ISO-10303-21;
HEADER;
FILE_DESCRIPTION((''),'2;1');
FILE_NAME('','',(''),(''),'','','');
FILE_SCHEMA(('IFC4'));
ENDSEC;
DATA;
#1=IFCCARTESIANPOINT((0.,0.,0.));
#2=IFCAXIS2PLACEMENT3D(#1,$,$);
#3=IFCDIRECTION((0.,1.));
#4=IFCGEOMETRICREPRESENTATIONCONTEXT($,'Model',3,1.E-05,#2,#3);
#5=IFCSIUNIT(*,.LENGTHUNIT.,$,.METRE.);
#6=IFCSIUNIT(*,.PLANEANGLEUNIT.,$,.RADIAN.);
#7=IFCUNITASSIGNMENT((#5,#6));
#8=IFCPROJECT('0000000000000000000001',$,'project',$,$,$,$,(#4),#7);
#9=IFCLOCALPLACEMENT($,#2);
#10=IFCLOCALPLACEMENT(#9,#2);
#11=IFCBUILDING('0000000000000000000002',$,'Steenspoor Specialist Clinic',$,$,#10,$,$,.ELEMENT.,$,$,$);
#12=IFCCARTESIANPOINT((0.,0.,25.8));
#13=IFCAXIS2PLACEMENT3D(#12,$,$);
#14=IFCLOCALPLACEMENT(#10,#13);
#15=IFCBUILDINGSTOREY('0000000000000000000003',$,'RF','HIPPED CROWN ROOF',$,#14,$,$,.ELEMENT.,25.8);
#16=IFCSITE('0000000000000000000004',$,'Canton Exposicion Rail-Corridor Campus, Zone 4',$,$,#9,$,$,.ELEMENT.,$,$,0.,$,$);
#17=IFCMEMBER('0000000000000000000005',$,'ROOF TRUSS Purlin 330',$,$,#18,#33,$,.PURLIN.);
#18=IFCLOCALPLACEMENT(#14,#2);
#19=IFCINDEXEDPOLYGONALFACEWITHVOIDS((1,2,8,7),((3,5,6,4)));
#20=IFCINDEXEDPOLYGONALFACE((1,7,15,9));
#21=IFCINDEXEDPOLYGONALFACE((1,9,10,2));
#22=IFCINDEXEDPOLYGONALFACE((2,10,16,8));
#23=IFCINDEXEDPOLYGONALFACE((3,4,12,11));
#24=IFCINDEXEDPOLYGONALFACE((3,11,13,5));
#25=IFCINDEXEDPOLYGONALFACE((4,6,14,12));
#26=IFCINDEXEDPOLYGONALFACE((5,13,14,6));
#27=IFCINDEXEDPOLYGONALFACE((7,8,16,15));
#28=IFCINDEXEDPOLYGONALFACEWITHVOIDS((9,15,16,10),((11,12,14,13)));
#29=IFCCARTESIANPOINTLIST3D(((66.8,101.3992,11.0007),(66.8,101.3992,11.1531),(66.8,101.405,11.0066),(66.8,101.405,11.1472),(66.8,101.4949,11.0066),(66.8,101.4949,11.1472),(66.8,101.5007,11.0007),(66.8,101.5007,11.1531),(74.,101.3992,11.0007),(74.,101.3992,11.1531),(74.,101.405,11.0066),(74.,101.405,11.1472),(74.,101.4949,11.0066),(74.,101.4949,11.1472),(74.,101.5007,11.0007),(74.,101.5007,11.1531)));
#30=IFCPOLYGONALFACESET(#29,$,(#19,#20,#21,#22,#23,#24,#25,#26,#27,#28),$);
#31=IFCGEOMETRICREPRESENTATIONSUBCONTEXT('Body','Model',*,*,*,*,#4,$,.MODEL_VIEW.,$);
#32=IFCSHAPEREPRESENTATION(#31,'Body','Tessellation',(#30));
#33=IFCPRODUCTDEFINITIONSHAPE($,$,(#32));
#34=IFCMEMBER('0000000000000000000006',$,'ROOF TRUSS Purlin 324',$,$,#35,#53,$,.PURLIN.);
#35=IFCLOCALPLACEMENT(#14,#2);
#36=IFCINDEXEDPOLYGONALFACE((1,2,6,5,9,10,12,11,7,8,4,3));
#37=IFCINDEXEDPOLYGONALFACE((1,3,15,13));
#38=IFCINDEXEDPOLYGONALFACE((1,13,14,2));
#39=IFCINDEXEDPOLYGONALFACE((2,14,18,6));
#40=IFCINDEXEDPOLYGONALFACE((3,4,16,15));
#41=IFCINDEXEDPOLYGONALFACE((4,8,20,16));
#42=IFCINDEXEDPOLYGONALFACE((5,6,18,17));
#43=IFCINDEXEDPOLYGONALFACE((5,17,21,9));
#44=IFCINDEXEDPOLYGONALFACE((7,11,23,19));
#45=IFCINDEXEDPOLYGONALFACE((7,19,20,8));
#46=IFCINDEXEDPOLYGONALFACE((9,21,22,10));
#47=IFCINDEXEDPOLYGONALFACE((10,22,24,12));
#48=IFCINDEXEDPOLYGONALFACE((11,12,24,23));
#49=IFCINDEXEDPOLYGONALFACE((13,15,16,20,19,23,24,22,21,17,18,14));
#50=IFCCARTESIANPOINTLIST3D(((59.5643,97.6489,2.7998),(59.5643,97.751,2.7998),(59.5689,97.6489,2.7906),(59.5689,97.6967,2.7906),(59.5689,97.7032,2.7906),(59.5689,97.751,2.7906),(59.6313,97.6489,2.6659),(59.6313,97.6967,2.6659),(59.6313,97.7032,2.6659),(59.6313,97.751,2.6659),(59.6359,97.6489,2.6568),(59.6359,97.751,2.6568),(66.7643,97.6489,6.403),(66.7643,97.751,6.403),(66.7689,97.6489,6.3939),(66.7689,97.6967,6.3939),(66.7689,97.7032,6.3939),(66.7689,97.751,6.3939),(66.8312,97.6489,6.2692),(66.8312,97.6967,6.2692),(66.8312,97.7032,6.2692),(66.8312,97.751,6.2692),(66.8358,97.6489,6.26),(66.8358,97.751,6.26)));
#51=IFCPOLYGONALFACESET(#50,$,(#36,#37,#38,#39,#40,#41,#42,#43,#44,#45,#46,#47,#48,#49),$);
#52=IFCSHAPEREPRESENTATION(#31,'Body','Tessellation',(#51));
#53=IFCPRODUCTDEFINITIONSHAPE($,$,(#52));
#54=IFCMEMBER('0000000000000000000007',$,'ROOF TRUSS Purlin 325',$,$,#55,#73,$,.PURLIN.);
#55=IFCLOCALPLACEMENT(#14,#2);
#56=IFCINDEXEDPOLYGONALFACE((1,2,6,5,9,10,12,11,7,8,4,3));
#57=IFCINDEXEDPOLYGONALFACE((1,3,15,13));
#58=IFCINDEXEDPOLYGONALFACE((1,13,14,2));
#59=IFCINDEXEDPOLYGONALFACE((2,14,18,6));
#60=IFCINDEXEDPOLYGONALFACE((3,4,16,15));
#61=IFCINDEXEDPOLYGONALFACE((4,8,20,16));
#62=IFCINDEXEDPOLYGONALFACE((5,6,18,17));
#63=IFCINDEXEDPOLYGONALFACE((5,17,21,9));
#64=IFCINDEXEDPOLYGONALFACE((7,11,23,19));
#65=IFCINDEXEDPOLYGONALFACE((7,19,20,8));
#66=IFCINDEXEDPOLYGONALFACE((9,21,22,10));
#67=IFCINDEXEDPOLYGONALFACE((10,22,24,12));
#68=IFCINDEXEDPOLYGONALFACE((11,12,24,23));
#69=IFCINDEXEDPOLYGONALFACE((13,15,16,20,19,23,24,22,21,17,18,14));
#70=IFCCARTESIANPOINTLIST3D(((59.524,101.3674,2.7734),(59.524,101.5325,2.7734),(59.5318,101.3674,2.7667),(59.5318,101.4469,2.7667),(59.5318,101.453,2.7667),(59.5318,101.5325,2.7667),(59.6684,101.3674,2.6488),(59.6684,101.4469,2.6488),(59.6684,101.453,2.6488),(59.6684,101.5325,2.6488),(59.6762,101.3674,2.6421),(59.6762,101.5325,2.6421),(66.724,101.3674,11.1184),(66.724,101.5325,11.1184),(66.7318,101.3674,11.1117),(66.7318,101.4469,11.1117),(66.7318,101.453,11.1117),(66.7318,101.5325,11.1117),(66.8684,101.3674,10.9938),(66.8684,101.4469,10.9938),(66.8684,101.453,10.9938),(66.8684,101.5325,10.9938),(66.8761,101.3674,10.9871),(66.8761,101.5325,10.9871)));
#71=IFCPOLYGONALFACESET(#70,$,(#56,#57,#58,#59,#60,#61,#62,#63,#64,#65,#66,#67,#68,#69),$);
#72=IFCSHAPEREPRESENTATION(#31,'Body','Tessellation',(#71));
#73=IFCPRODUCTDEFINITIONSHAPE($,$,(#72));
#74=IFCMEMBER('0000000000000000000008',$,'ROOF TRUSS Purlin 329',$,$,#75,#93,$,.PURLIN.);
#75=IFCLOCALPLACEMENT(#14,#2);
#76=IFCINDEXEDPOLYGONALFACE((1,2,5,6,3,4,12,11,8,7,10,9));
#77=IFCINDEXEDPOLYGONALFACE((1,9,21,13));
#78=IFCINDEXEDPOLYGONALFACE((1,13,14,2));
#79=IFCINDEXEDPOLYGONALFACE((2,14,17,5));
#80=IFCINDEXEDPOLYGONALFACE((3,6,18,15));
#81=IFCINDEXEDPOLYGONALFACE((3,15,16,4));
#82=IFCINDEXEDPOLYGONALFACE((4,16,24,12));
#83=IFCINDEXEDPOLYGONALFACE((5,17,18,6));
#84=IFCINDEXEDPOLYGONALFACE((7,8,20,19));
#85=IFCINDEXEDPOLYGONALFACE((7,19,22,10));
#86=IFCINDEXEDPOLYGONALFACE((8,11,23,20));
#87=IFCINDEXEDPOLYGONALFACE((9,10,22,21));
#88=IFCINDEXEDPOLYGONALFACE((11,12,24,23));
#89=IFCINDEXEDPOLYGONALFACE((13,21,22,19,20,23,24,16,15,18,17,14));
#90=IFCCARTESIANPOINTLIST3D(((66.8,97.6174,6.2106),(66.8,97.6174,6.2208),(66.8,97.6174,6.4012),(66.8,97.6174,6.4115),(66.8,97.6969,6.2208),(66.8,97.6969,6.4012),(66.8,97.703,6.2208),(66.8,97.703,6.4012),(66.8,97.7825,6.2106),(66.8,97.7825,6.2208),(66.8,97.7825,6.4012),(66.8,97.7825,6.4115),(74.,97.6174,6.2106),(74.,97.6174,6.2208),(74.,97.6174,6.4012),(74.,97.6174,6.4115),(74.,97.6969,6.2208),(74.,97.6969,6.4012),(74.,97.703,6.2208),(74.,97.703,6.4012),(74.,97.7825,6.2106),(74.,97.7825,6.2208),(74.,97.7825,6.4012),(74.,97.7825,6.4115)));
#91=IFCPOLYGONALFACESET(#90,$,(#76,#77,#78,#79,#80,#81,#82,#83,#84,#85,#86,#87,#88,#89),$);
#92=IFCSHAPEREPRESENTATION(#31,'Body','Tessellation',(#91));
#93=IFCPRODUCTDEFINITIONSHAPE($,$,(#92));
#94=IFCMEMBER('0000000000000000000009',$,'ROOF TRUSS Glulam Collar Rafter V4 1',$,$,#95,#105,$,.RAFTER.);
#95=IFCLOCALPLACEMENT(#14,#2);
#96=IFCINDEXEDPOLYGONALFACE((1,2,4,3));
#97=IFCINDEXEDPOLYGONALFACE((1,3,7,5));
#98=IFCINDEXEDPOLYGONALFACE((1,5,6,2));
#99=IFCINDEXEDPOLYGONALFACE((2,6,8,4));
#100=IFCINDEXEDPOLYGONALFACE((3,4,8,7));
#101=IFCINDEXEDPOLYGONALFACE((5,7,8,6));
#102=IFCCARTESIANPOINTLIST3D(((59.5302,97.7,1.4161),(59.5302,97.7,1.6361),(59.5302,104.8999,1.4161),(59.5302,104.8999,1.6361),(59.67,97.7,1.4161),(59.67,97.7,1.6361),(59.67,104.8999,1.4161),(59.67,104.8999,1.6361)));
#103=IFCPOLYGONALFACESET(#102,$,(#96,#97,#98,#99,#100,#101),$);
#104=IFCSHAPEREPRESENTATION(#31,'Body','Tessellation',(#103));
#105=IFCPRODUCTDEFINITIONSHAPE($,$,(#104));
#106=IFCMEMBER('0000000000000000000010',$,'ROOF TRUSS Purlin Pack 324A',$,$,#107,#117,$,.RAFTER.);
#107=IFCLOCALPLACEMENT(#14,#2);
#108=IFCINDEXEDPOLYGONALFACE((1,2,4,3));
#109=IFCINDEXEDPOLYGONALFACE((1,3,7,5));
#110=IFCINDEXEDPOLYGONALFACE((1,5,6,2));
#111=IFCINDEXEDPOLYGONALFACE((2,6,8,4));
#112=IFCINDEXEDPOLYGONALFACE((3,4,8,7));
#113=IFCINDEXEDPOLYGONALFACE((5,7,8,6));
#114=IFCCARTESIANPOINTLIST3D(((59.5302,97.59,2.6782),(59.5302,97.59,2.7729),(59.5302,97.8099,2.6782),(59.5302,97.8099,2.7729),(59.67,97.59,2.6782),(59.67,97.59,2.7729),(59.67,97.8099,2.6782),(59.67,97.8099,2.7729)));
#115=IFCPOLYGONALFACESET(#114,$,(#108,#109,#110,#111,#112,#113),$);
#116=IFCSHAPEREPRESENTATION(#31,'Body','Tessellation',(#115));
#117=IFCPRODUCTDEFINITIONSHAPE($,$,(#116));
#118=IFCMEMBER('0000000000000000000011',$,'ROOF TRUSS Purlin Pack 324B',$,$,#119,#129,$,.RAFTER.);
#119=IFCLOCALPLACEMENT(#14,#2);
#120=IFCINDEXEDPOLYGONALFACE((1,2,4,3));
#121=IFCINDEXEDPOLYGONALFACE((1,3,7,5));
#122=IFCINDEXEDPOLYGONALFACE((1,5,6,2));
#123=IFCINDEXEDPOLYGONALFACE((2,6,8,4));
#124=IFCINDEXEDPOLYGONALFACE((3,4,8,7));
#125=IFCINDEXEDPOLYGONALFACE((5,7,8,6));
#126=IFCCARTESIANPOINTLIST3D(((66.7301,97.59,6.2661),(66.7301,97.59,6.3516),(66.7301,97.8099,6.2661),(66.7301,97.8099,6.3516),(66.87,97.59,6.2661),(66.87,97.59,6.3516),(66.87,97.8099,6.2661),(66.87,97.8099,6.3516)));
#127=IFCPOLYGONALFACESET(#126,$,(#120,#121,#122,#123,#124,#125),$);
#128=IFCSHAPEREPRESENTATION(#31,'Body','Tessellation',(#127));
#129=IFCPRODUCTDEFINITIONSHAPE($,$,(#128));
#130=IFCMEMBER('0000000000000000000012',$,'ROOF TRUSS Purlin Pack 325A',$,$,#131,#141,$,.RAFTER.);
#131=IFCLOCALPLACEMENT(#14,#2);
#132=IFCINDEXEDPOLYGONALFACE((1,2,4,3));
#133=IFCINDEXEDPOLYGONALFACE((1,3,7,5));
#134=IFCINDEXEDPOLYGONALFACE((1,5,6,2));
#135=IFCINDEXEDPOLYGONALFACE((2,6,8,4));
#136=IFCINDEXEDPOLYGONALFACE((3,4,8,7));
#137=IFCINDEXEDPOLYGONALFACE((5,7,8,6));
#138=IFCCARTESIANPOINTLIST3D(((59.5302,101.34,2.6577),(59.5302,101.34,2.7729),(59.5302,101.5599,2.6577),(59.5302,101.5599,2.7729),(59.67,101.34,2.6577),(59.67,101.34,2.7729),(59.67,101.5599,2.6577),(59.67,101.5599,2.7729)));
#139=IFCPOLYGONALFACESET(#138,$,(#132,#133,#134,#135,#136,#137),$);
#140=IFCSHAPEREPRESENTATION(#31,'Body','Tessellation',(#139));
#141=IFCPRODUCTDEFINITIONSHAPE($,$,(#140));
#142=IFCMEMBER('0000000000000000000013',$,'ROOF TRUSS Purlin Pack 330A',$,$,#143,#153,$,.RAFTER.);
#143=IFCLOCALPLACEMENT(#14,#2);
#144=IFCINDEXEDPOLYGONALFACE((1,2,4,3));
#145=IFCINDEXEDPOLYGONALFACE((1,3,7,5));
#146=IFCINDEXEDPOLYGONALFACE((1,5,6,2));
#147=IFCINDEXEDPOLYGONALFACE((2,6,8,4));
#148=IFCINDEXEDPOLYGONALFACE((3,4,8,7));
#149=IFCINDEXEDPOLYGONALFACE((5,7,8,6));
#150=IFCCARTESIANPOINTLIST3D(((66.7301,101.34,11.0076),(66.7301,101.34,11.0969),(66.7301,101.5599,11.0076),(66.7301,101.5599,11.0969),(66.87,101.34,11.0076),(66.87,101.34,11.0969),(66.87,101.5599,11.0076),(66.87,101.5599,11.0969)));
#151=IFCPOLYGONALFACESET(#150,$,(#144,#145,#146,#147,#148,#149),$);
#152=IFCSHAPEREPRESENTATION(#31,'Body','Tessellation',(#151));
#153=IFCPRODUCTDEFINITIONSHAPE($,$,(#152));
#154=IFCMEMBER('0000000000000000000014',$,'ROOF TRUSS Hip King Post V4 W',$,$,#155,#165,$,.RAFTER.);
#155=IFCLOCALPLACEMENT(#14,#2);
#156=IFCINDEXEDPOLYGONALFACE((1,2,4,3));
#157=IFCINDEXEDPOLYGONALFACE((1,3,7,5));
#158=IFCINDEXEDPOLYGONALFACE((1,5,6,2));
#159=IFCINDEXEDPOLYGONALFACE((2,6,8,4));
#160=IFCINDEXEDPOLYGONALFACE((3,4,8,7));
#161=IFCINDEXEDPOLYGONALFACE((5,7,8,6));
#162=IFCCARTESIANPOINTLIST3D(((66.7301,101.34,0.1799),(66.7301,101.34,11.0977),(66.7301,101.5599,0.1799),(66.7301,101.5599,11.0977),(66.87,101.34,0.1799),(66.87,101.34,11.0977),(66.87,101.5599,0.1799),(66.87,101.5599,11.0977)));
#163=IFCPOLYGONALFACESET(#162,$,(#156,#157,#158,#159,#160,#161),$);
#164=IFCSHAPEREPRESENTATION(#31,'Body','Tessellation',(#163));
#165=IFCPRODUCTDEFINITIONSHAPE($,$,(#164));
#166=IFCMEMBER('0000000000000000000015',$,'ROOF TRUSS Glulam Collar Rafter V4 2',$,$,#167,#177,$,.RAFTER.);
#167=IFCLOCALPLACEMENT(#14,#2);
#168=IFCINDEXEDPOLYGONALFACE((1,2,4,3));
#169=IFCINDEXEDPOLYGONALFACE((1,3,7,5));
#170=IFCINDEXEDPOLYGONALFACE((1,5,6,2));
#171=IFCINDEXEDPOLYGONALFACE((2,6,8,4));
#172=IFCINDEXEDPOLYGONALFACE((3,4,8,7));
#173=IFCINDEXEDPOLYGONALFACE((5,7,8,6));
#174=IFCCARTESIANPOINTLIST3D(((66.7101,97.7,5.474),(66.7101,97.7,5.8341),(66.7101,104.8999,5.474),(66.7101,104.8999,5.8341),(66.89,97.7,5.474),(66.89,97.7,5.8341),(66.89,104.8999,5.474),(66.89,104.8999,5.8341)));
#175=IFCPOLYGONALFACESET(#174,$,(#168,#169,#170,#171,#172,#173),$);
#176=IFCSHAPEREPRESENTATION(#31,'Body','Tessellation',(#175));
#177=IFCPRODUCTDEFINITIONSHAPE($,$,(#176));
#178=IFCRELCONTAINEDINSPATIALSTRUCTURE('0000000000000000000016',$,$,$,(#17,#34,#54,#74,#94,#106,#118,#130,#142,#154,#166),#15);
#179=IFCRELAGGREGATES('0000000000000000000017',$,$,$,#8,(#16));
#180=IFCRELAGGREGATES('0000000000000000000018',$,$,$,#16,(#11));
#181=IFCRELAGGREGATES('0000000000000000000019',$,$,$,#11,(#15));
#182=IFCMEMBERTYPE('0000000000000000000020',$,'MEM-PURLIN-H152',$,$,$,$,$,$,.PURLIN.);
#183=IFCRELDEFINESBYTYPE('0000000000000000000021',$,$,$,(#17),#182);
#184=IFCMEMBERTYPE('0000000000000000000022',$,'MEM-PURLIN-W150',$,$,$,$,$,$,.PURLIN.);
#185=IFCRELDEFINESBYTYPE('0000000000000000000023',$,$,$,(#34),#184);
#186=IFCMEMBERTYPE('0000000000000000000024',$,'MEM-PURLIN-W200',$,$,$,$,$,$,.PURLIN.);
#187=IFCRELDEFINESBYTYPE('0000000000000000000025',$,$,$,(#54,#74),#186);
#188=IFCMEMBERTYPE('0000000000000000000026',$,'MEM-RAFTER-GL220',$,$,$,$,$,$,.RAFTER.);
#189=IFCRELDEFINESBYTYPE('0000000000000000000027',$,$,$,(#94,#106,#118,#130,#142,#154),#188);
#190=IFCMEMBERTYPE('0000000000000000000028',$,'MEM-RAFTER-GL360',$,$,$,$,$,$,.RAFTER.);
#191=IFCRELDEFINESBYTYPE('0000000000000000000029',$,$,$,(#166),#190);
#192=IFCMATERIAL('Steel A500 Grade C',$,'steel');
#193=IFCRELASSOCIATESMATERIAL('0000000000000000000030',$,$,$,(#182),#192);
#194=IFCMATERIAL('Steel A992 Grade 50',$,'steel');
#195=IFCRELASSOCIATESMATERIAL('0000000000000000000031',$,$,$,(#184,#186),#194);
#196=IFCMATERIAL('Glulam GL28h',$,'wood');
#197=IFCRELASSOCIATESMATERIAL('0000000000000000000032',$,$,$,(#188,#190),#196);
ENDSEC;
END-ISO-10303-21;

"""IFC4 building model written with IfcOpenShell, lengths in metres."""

from ifc_helpers import new_model, si_unit, direction, frame, origin, origin_2d, place, context, subcontext, project, spatial, rectangle, hollow_rectangle, i_section, extrude, material, material_profile, profile_set, type_object, element, save


model = new_model("IFC4")

# Units and contexts
model_context = context("Model", 3, precision=1e-05, world=origin(), true_north=direction((0.0, 1.0)))
body_context = subcontext(model_context, "Body", "Model", "MODEL_VIEW")
ifc_project = project(units=[si_unit("LENGTHUNIT", "METRE"), si_unit("PLANEANGLEUNIT", "RADIAN")], contexts=[model_context])

# Site, building, storey
site_placement = place(None, origin())
site = spatial("IfcSite", under=ifc_project, at=site_placement, Name="Canton Exposicion Rail-Corridor Campus, Zone 4", CompositionType="ELEMENT", RefElevation=0.0)
building_placement = place(site_placement, origin())
building = spatial("IfcBuilding", under=site, at=building_placement, Name="Steenspoor Specialist Clinic", CompositionType="ELEMENT")
storey_placement = place(building_placement, frame((0.0, 0.0, 25.8)))
storey = spatial("IfcBuildingStorey", under=building, at=storey_placement, Name="RF", Description="HIPPED CROWN ROOF", CompositionType="ELEMENT", Elevation=25.8)

# Members
ifc_material_1 = material(Name="Steel A500 Grade C", Category="steel")
ifc_material_2 = material(Name="Steel A992 Grade 50", Category="steel")
ifc_material_profile_1 = material_profile(ifc_material_1, hollow_rectangle(XDim=0.1016, YDim=0.1523, WallThickness=0.0059, at=origin_2d()), Name="HSS152X102X6.4")
ifc_profile_set_1 = profile_set([ifc_material_profile_1], Name="Steel A500 Grade C")
member_type_1 = type_object("IfcMemberType", Name="MEM-PURLIN-H152", PredefinedType="PURLIN", material=ifc_profile_set_1)
member_1_placement = place(storey_placement, frame((66.8, 101.45, 11.0769), z_axis=(1.0, 0.0, 0.0), x_axis=(0.0, 1.0, 0.0)))
element("IfcMember", 1, at=member_1_placement, inside=storey, type_object=member_type_1, Name="ROOF TRUSS Purlin 330", PredefinedType="PURLIN", context=body_context, shape_type="SweptSolid", body=[
    extrude(hollow_rectangle(XDim=0.1016, YDim=0.1523, WallThickness=0.0059, at=origin_2d()), origin(), (0.0, 0.0, 1.0), 7.2),
])
ifc_material_profile_2 = material_profile(ifc_material_2, i_section(OverallWidth=0.1021, OverallDepth=0.1599, WebThickness=0.0066, FlangeThickness=0.0103, at=origin_2d()), Name="W150X24")
ifc_profile_set_2 = profile_set([ifc_material_profile_2], Name="Steel A992 Grade 50")
member_type_2 = type_object("IfcMemberType", Name="MEM-PURLIN-W150", PredefinedType="PURLIN", material=ifc_profile_set_2)
member_2_placement = place(storey_placement, frame((59.6001, 97.7, 2.7283), z_axis=(0.894263, 0.0, 0.447541), x_axis=(0.0, 1.0, 0.0)))
element("IfcMember", 2, at=member_2_placement, inside=storey, type_object=member_type_2, Name="ROOF TRUSS Purlin 324", PredefinedType="PURLIN", context=body_context, shape_type="SweptSolid", body=[
    extrude(i_section(OverallWidth=0.1021, OverallDepth=0.1599, WebThickness=0.0066, FlangeThickness=0.0103, at=origin_2d()), origin(), (0.0, 0.0, 1.0), 8.0513),
])
ifc_material_profile_3 = material_profile(ifc_material_2, i_section(OverallWidth=0.165, OverallDepth=0.2009, WebThickness=0.0061, FlangeThickness=0.0103, at=origin_2d()), Name="W200X36")
ifc_profile_set_3 = profile_set([ifc_material_profile_3], Name="Steel A992 Grade 50")
member_type_3 = type_object("IfcMemberType", Name="MEM-PURLIN-W200", PredefinedType="PURLIN", material=ifc_profile_set_3)
member_3_placement = place(storey_placement, frame((59.6001, 101.45, 2.7078), z_axis=(0.653252, 0.0, 0.75714), x_axis=(0.0, 1.0, 0.0)))
element("IfcMember", 3, at=member_3_placement, inside=storey, type_object=member_type_3, Name="ROOF TRUSS Purlin 325", PredefinedType="PURLIN", context=body_context, shape_type="SweptSolid", body=[
    extrude(i_section(OverallWidth=0.165, OverallDepth=0.2009, WebThickness=0.0061, FlangeThickness=0.0103, at=origin_2d()), origin(), (0.0, 0.0, 1.0), 11.0217),
])
member_4_placement = place(storey_placement, frame((66.8, 97.7, 6.311), z_axis=(1.0, 0.0, 0.0), x_axis=(0.0, 1.0, 0.0)))
element("IfcMember", 4, at=member_4_placement, inside=storey, type_object=member_type_3, Name="ROOF TRUSS Purlin 329", PredefinedType="PURLIN", context=body_context, shape_type="SweptSolid", body=[
    extrude(i_section(OverallWidth=0.165, OverallDepth=0.2009, WebThickness=0.0061, FlangeThickness=0.0103, at=origin_2d()), origin(), (0.0, 0.0, 1.0), 7.2),
])
ifc_material_3 = material(Name="Glulam GL28h", Category="wood")
ifc_material_profile_4 = material_profile(ifc_material_3, rectangle(XDim=0.1399, YDim=0.22, at=origin_2d()), Name="GL28H-140X220")
ifc_profile_set_4 = profile_set([ifc_material_profile_4], Name="Glulam GL28h")
member_type_4 = type_object("IfcMemberType", Name="MEM-RAFTER-GL220", PredefinedType="RAFTER", material=ifc_profile_set_4)
member_5_placement = place(storey_placement, frame((59.6001, 97.7, 1.5261), z_axis=(0.0, 1.0, 0.0), x_axis=(-1.0, 0.0, 0.0)))
element("IfcMember", 5, at=member_5_placement, inside=storey, type_object=member_type_4, Name="ROOF TRUSS Glulam Collar Rafter V4 1", PredefinedType="RAFTER", context=body_context, shape_type="SweptSolid", body=[
    extrude(rectangle(XDim=0.1399, YDim=0.22, at=origin_2d()), origin(), (0.0, 0.0, 1.0), 7.2),
])
member_6_placement = place(storey_placement, frame((59.6001, 97.7, 2.6782), z_axis=(0.0, 0.0, 1.0), x_axis=(1.0, 0.0, 0.0)))
element("IfcMember", 6, at=member_6_placement, inside=storey, type_object=member_type_4, Name="ROOF TRUSS Purlin Pack 324A", PredefinedType="RAFTER", context=body_context, shape_type="SweptSolid", body=[
    extrude(rectangle(XDim=0.1399, YDim=0.22, at=origin_2d()), origin(), (0.0, 0.0, 1.0), 0.0947),
])
member_7_placement = place(storey_placement, frame((66.8, 97.7, 6.2661), z_axis=(0.0, 0.0, 1.0), x_axis=(1.0, 0.0, 0.0)))
element("IfcMember", 7, at=member_7_placement, inside=storey, type_object=member_type_4, Name="ROOF TRUSS Purlin Pack 324B", PredefinedType="RAFTER", context=body_context, shape_type="SweptSolid", body=[
    extrude(rectangle(XDim=0.1399, YDim=0.22, at=origin_2d()), origin(), (0.0, 0.0, 1.0), 0.0854),
])
member_8_placement = place(storey_placement, frame((59.6001, 101.45, 2.6577), z_axis=(0.0, 0.0, 1.0), x_axis=(1.0, 0.0, 0.0)))
element("IfcMember", 8, at=member_8_placement, inside=storey, type_object=member_type_4, Name="ROOF TRUSS Purlin Pack 325A", PredefinedType="RAFTER", context=body_context, shape_type="SweptSolid", body=[
    extrude(rectangle(XDim=0.1399, YDim=0.22, at=origin_2d()), origin(), (0.0, 0.0, 1.0), 0.1152),
])
member_9_placement = place(storey_placement, frame((66.8, 101.45, 11.0076), z_axis=(0.0, 0.0, 1.0), x_axis=(1.0, 0.0, 0.0)))
element("IfcMember", 9, at=member_9_placement, inside=storey, type_object=member_type_4, Name="ROOF TRUSS Purlin Pack 330A", PredefinedType="RAFTER", context=body_context, shape_type="SweptSolid", body=[
    extrude(rectangle(XDim=0.1399, YDim=0.22, at=origin_2d()), origin(), (0.0, 0.0, 1.0), 0.0894),
])
member_10_placement = place(storey_placement, frame((66.8, 101.45, 0.1799), z_axis=(0.0, 0.0, 1.0), x_axis=(1.0, 0.0, 0.0)))
element("IfcMember", 10, at=member_10_placement, inside=storey, type_object=member_type_4, Name="ROOF TRUSS Hip King Post V4 W", PredefinedType="RAFTER", context=body_context, shape_type="SweptSolid", body=[
    extrude(rectangle(XDim=0.1399, YDim=0.22, at=origin_2d()), origin(), (0.0, 0.0, 1.0), 10.9177),
])
ifc_material_profile_5 = material_profile(ifc_material_3, rectangle(XDim=0.1799, YDim=0.3601, at=origin_2d()), Name="GL28H-180X360")
ifc_profile_set_5 = profile_set([ifc_material_profile_5], Name="Glulam GL28h")
member_type_5 = type_object("IfcMemberType", Name="MEM-RAFTER-GL360", PredefinedType="RAFTER", material=ifc_profile_set_5)
member_11_placement = place(storey_placement, frame((66.8, 97.7, 5.6541), z_axis=(0.0, 1.0, 0.0), x_axis=(-1.0, 0.0, 0.0)))
element("IfcMember", 11, at=member_11_placement, inside=storey, type_object=member_type_5, Name="ROOF TRUSS Glulam Collar Rafter V4 2", PredefinedType="RAFTER", context=body_context, shape_type="SweptSolid", body=[
    extrude(rectangle(XDim=0.1799, YDim=0.3601, at=origin_2d()), origin(), (0.0, 0.0, 1.0), 7.2),
])

save(model, "model.ifc")
